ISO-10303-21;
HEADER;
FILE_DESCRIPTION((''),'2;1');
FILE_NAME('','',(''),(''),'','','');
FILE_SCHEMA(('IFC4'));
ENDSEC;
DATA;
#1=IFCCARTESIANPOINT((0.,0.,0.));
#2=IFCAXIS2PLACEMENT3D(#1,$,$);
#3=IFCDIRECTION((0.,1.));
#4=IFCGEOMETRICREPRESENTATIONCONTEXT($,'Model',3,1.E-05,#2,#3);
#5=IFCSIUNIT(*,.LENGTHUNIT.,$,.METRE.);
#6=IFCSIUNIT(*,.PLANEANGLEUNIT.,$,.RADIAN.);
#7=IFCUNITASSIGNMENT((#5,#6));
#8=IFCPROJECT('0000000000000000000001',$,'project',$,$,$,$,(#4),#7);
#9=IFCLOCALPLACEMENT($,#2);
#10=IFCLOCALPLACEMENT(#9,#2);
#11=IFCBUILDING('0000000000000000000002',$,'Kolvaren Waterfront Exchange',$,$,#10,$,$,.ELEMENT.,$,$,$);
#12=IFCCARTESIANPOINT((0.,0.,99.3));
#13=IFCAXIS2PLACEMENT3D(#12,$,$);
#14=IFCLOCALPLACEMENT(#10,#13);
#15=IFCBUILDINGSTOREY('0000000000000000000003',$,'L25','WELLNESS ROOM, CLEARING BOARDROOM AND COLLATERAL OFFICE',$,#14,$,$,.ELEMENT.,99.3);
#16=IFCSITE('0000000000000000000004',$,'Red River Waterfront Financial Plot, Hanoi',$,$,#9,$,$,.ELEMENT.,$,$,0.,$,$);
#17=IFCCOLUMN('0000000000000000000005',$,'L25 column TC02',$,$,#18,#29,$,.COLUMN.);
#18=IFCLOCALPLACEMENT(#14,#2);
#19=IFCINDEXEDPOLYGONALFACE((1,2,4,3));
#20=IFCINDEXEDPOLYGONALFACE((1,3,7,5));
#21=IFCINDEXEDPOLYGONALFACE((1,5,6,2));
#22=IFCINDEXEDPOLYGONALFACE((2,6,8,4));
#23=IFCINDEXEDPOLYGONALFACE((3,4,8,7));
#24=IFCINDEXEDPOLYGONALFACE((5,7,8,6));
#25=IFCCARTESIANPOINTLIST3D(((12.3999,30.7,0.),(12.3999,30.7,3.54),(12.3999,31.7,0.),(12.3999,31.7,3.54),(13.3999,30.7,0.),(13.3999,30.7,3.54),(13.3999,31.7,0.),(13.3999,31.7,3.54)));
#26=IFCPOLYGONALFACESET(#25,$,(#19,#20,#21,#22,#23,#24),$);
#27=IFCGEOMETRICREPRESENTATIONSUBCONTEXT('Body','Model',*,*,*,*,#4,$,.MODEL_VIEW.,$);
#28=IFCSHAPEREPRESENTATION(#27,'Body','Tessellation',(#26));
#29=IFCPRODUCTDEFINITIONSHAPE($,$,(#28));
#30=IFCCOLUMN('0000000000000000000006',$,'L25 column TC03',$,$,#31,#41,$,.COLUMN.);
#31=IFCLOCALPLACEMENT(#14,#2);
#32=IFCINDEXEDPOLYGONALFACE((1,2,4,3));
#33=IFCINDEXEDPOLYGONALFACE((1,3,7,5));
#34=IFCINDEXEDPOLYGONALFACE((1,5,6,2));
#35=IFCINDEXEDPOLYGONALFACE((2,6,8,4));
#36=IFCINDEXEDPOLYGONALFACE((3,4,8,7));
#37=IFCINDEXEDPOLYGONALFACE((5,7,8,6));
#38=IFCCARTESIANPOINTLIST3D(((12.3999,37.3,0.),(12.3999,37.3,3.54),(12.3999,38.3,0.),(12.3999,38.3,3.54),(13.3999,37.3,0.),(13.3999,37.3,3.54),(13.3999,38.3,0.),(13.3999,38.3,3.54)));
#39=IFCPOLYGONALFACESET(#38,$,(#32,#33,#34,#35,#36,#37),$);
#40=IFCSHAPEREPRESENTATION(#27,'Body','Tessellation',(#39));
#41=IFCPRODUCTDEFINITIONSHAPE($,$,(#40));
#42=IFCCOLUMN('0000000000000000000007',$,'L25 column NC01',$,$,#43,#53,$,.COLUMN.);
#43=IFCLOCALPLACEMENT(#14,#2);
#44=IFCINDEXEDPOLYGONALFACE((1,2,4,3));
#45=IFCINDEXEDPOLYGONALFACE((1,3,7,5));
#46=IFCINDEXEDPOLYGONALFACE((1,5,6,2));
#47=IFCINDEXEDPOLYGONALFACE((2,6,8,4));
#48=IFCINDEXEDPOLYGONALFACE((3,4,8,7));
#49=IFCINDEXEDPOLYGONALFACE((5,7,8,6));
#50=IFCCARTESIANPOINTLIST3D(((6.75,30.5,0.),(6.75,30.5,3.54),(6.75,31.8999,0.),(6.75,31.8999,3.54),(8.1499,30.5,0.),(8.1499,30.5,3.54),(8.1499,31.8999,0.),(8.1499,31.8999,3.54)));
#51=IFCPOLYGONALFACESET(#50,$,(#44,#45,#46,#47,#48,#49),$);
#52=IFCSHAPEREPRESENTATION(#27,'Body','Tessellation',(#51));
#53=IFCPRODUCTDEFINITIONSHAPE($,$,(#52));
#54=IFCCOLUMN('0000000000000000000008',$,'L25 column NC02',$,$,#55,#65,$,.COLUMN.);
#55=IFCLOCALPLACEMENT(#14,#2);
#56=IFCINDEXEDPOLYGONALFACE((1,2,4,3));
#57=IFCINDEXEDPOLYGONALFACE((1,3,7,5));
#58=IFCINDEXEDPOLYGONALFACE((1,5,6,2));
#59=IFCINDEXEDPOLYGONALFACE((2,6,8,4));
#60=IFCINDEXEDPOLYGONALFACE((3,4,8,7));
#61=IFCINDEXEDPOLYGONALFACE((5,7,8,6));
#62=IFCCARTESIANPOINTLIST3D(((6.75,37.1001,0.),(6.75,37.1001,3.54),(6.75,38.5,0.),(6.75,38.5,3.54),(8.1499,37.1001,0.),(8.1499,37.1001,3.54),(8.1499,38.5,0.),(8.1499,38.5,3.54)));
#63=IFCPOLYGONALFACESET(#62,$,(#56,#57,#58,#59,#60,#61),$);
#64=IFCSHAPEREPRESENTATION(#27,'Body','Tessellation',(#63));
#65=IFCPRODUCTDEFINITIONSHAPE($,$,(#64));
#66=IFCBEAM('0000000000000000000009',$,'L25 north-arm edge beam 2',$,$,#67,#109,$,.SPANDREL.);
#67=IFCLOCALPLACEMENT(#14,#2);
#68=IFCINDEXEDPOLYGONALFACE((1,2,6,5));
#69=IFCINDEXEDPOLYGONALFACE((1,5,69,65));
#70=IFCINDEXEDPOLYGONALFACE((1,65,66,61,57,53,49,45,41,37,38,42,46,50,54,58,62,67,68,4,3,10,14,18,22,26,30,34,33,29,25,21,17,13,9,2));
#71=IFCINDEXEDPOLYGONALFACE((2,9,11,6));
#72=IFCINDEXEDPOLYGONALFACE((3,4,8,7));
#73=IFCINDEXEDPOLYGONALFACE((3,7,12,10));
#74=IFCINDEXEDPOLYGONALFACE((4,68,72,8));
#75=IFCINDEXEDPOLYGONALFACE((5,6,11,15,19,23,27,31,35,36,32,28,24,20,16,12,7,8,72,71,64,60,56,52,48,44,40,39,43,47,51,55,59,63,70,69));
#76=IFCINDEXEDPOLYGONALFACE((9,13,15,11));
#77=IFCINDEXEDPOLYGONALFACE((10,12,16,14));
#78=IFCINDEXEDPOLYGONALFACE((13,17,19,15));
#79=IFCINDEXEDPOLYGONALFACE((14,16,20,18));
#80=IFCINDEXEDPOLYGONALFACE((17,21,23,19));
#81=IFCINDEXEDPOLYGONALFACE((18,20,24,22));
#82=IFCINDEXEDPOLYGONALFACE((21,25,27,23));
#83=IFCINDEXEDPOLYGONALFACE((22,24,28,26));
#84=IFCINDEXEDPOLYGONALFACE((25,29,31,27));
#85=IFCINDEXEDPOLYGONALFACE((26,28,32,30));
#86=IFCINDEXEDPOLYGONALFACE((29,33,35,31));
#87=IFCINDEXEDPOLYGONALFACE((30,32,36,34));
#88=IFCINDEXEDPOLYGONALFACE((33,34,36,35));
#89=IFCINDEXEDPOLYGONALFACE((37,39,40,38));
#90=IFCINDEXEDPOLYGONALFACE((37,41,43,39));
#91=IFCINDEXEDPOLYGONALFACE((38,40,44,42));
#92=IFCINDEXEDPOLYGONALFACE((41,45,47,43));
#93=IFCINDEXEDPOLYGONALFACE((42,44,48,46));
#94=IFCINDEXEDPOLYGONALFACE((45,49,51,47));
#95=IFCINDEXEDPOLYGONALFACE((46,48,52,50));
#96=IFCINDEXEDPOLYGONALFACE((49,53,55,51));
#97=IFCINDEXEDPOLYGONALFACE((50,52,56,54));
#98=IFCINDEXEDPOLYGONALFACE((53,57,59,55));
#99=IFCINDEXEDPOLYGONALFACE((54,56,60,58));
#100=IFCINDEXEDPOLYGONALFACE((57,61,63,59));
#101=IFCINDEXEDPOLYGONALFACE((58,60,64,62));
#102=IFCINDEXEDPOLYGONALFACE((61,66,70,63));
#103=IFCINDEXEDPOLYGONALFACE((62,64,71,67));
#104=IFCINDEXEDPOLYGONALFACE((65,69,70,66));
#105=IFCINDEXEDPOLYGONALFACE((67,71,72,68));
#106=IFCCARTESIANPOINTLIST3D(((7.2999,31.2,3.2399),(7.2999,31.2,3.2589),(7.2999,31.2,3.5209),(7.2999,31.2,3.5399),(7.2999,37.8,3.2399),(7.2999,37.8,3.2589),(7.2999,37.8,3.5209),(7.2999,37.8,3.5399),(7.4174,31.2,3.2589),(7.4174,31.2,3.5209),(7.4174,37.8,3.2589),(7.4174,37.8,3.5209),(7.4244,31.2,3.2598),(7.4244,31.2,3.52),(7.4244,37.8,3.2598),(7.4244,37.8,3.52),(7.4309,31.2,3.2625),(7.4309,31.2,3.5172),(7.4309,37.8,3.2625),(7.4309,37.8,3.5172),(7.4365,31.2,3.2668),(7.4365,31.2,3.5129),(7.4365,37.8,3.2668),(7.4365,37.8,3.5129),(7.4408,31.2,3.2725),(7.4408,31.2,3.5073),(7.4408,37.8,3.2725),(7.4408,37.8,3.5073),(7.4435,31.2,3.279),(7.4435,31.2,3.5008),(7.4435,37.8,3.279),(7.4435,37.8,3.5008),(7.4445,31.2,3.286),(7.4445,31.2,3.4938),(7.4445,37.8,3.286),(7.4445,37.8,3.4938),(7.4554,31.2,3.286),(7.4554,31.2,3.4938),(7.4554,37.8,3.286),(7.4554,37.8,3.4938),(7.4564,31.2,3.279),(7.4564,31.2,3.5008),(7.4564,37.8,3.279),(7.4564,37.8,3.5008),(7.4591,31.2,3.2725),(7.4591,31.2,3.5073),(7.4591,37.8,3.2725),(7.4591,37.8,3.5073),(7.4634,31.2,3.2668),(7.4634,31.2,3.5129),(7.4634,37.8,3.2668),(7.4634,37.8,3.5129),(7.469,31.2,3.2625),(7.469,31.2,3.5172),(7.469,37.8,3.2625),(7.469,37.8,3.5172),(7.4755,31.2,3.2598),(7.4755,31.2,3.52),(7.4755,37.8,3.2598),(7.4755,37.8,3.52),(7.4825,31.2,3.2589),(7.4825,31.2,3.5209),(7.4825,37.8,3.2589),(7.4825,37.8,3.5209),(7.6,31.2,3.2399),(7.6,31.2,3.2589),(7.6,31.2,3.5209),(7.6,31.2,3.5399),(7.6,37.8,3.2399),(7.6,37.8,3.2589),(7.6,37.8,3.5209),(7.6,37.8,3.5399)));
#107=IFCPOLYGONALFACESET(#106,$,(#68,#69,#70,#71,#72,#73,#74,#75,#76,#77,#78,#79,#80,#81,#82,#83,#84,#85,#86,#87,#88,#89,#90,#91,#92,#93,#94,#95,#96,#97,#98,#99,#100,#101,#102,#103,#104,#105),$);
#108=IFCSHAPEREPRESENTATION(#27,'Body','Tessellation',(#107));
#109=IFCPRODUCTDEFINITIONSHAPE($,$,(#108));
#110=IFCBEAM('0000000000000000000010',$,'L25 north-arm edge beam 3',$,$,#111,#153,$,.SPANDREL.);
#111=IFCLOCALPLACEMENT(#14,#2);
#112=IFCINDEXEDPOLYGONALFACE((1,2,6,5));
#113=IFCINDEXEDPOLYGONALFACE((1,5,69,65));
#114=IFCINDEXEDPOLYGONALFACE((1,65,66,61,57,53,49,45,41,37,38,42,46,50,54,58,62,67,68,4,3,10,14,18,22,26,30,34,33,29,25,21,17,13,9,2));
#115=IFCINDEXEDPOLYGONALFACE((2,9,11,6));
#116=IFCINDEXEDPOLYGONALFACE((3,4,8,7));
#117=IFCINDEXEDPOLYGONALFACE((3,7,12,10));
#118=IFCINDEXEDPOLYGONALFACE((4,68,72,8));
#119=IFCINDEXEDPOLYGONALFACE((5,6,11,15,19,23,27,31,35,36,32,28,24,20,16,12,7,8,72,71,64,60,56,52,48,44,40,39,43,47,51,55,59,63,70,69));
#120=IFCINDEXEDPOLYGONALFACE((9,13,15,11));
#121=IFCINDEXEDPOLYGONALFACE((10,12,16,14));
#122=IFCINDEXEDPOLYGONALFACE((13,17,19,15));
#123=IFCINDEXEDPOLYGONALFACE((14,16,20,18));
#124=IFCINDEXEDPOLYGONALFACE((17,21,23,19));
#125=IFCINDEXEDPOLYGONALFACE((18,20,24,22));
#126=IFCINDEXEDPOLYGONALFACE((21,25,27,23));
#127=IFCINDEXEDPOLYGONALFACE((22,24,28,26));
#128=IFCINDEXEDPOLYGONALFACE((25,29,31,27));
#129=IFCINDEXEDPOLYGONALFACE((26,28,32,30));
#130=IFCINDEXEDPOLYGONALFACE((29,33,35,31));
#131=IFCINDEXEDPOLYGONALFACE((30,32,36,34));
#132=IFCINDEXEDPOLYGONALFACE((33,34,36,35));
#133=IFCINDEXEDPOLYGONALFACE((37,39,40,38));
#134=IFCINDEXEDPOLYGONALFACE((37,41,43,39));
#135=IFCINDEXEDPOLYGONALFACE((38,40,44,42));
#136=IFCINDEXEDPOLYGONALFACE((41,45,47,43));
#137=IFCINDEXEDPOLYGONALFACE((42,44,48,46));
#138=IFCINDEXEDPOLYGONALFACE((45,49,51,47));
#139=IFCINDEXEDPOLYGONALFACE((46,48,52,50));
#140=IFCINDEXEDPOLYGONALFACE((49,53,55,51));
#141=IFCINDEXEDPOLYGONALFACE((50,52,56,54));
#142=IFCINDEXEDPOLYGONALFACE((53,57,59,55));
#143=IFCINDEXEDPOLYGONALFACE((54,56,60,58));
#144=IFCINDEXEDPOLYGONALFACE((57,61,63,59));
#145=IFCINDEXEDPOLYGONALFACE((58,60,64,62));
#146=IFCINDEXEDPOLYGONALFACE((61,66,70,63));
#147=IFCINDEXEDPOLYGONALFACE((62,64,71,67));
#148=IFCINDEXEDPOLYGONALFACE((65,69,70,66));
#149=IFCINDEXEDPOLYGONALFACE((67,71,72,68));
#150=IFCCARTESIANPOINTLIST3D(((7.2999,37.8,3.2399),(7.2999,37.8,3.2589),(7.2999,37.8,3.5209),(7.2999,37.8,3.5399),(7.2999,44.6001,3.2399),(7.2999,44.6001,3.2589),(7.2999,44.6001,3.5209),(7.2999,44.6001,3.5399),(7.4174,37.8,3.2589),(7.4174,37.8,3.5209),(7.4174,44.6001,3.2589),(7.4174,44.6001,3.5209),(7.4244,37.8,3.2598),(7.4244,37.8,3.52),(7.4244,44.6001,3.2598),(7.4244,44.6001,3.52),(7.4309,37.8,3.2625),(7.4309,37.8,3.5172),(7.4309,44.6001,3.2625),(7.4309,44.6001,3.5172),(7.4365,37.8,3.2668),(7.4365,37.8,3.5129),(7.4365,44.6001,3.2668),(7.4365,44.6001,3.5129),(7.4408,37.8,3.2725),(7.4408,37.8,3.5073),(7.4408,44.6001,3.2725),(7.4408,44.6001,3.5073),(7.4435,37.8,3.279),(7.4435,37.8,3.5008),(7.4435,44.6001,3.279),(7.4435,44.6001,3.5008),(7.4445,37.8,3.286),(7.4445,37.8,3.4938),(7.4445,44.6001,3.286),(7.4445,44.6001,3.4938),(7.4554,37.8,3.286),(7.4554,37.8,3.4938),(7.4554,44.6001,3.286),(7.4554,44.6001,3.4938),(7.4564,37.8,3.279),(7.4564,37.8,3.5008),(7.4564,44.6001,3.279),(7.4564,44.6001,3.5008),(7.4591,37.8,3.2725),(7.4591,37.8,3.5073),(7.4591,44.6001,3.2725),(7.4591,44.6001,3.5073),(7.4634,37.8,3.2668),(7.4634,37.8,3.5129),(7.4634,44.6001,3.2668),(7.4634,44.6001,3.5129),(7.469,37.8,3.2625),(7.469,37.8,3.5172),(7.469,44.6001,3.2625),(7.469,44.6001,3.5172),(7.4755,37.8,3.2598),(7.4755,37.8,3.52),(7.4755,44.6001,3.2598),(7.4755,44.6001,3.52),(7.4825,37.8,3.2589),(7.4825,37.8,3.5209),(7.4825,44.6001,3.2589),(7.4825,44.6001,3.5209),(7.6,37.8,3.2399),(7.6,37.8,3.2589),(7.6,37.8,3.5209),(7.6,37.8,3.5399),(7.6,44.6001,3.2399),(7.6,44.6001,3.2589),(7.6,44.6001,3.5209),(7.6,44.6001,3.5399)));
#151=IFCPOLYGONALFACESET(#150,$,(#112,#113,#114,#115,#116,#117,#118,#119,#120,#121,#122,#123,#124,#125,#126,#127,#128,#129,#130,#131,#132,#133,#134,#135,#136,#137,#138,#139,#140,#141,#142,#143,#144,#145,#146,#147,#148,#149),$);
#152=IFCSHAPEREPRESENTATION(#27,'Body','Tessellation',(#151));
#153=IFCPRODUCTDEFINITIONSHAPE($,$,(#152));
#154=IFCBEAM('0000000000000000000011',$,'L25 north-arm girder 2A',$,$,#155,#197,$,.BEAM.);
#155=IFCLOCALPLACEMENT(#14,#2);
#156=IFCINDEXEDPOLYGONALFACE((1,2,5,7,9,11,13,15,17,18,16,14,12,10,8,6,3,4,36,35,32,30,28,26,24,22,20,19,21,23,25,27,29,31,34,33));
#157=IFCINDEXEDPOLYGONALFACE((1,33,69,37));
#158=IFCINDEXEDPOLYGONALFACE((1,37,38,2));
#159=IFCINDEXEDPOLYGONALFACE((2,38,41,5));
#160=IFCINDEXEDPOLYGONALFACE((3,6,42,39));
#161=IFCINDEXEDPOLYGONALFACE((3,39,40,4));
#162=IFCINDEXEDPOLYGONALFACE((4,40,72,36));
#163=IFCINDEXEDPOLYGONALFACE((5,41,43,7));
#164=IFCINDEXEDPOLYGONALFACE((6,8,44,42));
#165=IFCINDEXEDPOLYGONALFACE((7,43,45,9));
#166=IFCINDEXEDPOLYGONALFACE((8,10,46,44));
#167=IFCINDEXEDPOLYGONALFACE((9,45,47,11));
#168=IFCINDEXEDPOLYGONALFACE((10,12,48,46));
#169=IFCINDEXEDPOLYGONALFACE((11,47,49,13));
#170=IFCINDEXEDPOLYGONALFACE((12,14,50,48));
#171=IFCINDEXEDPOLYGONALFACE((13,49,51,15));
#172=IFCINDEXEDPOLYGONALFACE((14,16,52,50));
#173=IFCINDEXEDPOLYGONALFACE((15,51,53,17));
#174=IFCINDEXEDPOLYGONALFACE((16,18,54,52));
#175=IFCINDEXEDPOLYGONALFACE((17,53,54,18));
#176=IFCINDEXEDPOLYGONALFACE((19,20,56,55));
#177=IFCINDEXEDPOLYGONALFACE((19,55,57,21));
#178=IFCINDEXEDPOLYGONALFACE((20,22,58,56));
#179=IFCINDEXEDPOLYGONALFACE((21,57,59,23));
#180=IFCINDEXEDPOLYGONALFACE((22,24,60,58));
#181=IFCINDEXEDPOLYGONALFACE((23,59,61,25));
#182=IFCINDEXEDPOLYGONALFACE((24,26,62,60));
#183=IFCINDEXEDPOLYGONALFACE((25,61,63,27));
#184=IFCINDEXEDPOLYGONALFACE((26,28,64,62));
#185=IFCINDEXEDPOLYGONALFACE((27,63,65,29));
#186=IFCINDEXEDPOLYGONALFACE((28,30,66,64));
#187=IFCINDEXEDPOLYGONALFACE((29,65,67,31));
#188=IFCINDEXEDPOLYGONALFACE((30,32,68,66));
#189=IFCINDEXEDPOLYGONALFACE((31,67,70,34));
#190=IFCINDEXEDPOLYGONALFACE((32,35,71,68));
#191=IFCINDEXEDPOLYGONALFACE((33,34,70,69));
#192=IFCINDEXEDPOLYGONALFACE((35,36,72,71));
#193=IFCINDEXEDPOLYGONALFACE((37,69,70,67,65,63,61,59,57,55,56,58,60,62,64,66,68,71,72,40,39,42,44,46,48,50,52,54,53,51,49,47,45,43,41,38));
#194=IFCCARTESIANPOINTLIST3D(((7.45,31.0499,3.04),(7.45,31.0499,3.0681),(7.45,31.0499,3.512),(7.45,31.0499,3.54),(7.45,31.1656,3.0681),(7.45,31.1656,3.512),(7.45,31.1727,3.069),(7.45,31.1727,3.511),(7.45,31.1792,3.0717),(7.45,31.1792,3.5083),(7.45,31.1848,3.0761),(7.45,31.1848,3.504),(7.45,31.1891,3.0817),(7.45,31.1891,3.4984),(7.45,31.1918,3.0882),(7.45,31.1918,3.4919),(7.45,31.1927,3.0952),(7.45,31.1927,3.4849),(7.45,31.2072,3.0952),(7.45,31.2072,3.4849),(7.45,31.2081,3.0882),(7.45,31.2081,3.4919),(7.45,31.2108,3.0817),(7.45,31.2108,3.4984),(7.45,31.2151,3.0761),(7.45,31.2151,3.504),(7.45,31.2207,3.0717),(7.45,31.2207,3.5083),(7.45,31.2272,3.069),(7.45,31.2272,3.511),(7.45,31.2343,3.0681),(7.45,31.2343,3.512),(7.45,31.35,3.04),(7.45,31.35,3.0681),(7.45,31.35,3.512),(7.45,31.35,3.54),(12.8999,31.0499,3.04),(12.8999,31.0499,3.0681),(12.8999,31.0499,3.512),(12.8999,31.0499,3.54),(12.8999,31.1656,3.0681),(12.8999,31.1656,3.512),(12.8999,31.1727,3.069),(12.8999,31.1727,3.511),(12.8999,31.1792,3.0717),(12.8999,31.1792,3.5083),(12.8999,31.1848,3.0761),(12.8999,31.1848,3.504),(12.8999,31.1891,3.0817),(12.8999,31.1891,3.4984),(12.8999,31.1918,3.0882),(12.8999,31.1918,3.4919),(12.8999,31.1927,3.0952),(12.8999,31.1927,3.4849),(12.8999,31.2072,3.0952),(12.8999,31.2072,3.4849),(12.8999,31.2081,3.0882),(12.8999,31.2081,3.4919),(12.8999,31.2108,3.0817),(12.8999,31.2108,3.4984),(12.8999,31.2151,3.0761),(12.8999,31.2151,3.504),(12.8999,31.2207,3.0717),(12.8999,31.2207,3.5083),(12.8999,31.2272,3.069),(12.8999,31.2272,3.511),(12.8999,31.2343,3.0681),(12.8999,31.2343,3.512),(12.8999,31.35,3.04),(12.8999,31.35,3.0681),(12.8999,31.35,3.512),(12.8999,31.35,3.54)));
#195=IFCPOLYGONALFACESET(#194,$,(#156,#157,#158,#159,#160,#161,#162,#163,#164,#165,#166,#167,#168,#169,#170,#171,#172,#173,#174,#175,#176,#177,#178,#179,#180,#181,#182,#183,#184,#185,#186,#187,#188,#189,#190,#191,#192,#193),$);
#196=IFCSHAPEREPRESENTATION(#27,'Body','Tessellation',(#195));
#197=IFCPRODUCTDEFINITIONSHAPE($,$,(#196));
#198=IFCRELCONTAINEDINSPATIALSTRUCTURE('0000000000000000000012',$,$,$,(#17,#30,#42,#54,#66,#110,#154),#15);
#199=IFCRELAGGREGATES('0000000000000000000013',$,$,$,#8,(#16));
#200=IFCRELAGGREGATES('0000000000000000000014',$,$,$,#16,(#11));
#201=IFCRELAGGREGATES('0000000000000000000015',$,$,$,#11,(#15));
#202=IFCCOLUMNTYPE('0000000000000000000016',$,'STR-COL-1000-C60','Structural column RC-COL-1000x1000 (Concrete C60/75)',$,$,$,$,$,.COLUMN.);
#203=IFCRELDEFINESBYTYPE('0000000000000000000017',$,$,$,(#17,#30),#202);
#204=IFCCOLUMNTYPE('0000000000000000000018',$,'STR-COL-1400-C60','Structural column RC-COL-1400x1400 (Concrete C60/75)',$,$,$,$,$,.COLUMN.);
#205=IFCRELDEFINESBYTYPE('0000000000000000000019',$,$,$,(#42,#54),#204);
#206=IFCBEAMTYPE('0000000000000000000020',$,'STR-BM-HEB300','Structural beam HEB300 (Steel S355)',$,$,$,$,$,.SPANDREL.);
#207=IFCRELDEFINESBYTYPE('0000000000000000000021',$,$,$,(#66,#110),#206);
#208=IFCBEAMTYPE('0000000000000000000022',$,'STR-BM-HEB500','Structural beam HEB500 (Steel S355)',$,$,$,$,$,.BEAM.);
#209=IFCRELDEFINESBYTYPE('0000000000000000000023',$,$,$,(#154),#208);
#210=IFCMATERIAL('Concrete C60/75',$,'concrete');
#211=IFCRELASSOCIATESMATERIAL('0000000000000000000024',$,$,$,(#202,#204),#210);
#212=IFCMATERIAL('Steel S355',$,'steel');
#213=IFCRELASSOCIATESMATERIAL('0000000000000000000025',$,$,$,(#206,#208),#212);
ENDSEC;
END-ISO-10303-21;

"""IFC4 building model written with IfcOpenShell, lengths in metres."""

from ifc_helpers import new_model, si_unit, direction, frame, origin, origin_2d, place, context, subcontext, project, spatial, rectangle, i_section, extrude, material, material_profile, profile_set, type_object, element, save


model = new_model("IFC4")

# Units and contexts
model_context = context("Model", 3, precision=1e-05, world=origin(), true_north=direction((0.0, 1.0)))
body_context = subcontext(model_context, "Body", "Model", "MODEL_VIEW")
ifc_project = project(units=[si_unit("LENGTHUNIT", "METRE"), si_unit("PLANEANGLEUNIT", "RADIAN")], contexts=[model_context])

# Site, building, storey
site_placement = place(None, origin())
site = spatial("IfcSite", under=ifc_project, at=site_placement, Name="Red River Waterfront Financial Plot, Hanoi", CompositionType="ELEMENT", RefElevation=0.0)
building_placement = place(site_placement, origin())
building = spatial("IfcBuilding", under=site, at=building_placement, Name="Kolvaren Waterfront Exchange", CompositionType="ELEMENT")
storey_placement = place(building_placement, frame((0.0, 0.0, 99.3)))
storey = spatial("IfcBuildingStorey", under=building, at=storey_placement, Name="L25", Description="WELLNESS ROOM, CLEARING BOARDROOM AND COLLATERAL OFFICE", CompositionType="ELEMENT", Elevation=99.3)

# Columns
ifc_material_1 = material(Name="Concrete C60/75", Category="concrete")
ifc_material_profile_1 = material_profile(ifc_material_1, rectangle(XDim=1.0, YDim=1.0, at=origin_2d()), Name="RC-COL-1000x1000")
ifc_profile_set_1 = profile_set([ifc_material_profile_1], Name="Concrete C60/75")
column_type_1 = type_object("IfcColumnType", Name="STR-COL-1000-C60", Description="Structural column RC-COL-1000x1000 (Concrete C60/75)", PredefinedType="COLUMN", material=ifc_profile_set_1)
for number, where, z_axis, x_axis, name in (
    (1, (12.8999, 31.2, 0.0), (0.0, 0.0, 1.0), (1.0, 0.0, 0.0), "L25 column TC02"),
    (2, (12.8999, 37.8, 0.0), (0.0, 0.0, 1.0), (1.0, 0.0, 0.0), "L25 column TC03"),
):
    element("IfcColumn", number, at=place(storey_placement, frame(where, z_axis=z_axis, x_axis=x_axis)), inside=storey, type_object=column_type_1, Name=name, PredefinedType="COLUMN", context=body_context, shape_type="SweptSolid", body=[
        extrude(rectangle(XDim=1.0, YDim=1.0, at=origin_2d()), origin(), (0.0, 0.0, 1.0), 3.54),
    ])
ifc_material_profile_2 = material_profile(ifc_material_1, rectangle(XDim=1.3999, YDim=1.3999, at=origin_2d()), Name="RC-COL-1400x1400")
ifc_profile_set_2 = profile_set([ifc_material_profile_2], Name="Concrete C60/75")
column_type_2 = type_object("IfcColumnType", Name="STR-COL-1400-C60", Description="Structural column RC-COL-1400x1400 (Concrete C60/75)", PredefinedType="COLUMN", material=ifc_profile_set_2)
for number, where, z_axis, x_axis, name in (
    (3, (7.45, 31.2, 0.0), (0.0, 0.0, 1.0), (1.0, 0.0, 0.0), "L25 column NC01"),
    (4, (7.45, 37.8, 0.0), (0.0, 0.0, 1.0), (1.0, 0.0, 0.0), "L25 column NC02"),
):
    element("IfcColumn", number, at=place(storey_placement, frame(where, z_axis=z_axis, x_axis=x_axis)), inside=storey, type_object=column_type_2, Name=name, PredefinedType="COLUMN", context=body_context, shape_type="SweptSolid", body=[
        extrude(rectangle(XDim=1.3999, YDim=1.3999, at=origin_2d()), origin(), (0.0, 0.0, 1.0), 3.54),
    ])

# Beams
ifc_material_2 = material(Name="Steel S355", Category="steel")
ifc_material_profile_3 = material_profile(ifc_material_2, i_section(OverallWidth=0.3, OverallDepth=0.3, WebThickness=0.011, FlangeThickness=0.019, FilletRadius=0.0271, at=origin_2d()), Name="HEB300")
ifc_profile_set_3 = profile_set([ifc_material_profile_3], Name="Steel S355")
beam_type_1 = type_object("IfcBeamType", Name="STR-BM-HEB300", Description="Structural beam HEB300 (Steel S355)", PredefinedType="SPANDREL", material=ifc_profile_set_3)
beam_1_placement = place(storey_placement, frame((7.45, 31.2, 3.3899), z_axis=(0.0, 1.0, 0.0), x_axis=(-1.0, 0.0, 0.0)))
element("IfcBeam", 5, at=beam_1_placement, inside=storey, type_object=beam_type_1, Name="L25 north-arm edge beam 2", PredefinedType="SPANDREL", context=body_context, shape_type="SweptSolid", body=[
    extrude(i_section(OverallWidth=0.3, OverallDepth=0.3, WebThickness=0.011, FlangeThickness=0.019, FilletRadius=0.0271, at=origin_2d()), origin(), (0.0, 0.0, 1.0), 6.6001),
])
beam_2_placement = place(storey_placement, frame((7.45, 37.8, 3.3899), z_axis=(0.0, 1.0, 0.0), x_axis=(-1.0, 0.0, 0.0)))
element("IfcBeam", 6, at=beam_2_placement, inside=storey, type_object=beam_type_1, Name="L25 north-arm edge beam 3", PredefinedType="SPANDREL", context=body_context, shape_type="SweptSolid", body=[
    extrude(i_section(OverallWidth=0.3, OverallDepth=0.3, WebThickness=0.011, FlangeThickness=0.019, FilletRadius=0.0271, at=origin_2d()), origin(), (0.0, 0.0, 1.0), 6.8),
])
ifc_material_profile_4 = material_profile(ifc_material_2, i_section(OverallWidth=0.3, OverallDepth=0.5, WebThickness=0.0144, FlangeThickness=0.0281, FilletRadius=0.0271, at=origin_2d()), Name="HEB500")
ifc_profile_set_4 = profile_set([ifc_material_profile_4], Name="Steel S355")
beam_type_2 = type_object("IfcBeamType", Name="STR-BM-HEB500", Description="Structural beam HEB500 (Steel S355)", PredefinedType="BEAM", material=ifc_profile_set_4)
beam_3_placement = place(storey_placement, frame((7.45, 31.2, 3.29), z_axis=(1.0, 0.0, 0.0), x_axis=(0.0, 1.0, 0.0)))
element("IfcBeam", 7, at=beam_3_placement, inside=storey, type_object=beam_type_2, Name="L25 north-arm girder 2A", PredefinedType="BEAM", context=body_context, shape_type="SweptSolid", body=[
    extrude(i_section(OverallWidth=0.3, OverallDepth=0.5, WebThickness=0.0144, FlangeThickness=0.0281, FilletRadius=0.0271, at=origin_2d()), origin(), (0.0, 0.0, 1.0), 5.45),
])

save(model, "model.ifc")
